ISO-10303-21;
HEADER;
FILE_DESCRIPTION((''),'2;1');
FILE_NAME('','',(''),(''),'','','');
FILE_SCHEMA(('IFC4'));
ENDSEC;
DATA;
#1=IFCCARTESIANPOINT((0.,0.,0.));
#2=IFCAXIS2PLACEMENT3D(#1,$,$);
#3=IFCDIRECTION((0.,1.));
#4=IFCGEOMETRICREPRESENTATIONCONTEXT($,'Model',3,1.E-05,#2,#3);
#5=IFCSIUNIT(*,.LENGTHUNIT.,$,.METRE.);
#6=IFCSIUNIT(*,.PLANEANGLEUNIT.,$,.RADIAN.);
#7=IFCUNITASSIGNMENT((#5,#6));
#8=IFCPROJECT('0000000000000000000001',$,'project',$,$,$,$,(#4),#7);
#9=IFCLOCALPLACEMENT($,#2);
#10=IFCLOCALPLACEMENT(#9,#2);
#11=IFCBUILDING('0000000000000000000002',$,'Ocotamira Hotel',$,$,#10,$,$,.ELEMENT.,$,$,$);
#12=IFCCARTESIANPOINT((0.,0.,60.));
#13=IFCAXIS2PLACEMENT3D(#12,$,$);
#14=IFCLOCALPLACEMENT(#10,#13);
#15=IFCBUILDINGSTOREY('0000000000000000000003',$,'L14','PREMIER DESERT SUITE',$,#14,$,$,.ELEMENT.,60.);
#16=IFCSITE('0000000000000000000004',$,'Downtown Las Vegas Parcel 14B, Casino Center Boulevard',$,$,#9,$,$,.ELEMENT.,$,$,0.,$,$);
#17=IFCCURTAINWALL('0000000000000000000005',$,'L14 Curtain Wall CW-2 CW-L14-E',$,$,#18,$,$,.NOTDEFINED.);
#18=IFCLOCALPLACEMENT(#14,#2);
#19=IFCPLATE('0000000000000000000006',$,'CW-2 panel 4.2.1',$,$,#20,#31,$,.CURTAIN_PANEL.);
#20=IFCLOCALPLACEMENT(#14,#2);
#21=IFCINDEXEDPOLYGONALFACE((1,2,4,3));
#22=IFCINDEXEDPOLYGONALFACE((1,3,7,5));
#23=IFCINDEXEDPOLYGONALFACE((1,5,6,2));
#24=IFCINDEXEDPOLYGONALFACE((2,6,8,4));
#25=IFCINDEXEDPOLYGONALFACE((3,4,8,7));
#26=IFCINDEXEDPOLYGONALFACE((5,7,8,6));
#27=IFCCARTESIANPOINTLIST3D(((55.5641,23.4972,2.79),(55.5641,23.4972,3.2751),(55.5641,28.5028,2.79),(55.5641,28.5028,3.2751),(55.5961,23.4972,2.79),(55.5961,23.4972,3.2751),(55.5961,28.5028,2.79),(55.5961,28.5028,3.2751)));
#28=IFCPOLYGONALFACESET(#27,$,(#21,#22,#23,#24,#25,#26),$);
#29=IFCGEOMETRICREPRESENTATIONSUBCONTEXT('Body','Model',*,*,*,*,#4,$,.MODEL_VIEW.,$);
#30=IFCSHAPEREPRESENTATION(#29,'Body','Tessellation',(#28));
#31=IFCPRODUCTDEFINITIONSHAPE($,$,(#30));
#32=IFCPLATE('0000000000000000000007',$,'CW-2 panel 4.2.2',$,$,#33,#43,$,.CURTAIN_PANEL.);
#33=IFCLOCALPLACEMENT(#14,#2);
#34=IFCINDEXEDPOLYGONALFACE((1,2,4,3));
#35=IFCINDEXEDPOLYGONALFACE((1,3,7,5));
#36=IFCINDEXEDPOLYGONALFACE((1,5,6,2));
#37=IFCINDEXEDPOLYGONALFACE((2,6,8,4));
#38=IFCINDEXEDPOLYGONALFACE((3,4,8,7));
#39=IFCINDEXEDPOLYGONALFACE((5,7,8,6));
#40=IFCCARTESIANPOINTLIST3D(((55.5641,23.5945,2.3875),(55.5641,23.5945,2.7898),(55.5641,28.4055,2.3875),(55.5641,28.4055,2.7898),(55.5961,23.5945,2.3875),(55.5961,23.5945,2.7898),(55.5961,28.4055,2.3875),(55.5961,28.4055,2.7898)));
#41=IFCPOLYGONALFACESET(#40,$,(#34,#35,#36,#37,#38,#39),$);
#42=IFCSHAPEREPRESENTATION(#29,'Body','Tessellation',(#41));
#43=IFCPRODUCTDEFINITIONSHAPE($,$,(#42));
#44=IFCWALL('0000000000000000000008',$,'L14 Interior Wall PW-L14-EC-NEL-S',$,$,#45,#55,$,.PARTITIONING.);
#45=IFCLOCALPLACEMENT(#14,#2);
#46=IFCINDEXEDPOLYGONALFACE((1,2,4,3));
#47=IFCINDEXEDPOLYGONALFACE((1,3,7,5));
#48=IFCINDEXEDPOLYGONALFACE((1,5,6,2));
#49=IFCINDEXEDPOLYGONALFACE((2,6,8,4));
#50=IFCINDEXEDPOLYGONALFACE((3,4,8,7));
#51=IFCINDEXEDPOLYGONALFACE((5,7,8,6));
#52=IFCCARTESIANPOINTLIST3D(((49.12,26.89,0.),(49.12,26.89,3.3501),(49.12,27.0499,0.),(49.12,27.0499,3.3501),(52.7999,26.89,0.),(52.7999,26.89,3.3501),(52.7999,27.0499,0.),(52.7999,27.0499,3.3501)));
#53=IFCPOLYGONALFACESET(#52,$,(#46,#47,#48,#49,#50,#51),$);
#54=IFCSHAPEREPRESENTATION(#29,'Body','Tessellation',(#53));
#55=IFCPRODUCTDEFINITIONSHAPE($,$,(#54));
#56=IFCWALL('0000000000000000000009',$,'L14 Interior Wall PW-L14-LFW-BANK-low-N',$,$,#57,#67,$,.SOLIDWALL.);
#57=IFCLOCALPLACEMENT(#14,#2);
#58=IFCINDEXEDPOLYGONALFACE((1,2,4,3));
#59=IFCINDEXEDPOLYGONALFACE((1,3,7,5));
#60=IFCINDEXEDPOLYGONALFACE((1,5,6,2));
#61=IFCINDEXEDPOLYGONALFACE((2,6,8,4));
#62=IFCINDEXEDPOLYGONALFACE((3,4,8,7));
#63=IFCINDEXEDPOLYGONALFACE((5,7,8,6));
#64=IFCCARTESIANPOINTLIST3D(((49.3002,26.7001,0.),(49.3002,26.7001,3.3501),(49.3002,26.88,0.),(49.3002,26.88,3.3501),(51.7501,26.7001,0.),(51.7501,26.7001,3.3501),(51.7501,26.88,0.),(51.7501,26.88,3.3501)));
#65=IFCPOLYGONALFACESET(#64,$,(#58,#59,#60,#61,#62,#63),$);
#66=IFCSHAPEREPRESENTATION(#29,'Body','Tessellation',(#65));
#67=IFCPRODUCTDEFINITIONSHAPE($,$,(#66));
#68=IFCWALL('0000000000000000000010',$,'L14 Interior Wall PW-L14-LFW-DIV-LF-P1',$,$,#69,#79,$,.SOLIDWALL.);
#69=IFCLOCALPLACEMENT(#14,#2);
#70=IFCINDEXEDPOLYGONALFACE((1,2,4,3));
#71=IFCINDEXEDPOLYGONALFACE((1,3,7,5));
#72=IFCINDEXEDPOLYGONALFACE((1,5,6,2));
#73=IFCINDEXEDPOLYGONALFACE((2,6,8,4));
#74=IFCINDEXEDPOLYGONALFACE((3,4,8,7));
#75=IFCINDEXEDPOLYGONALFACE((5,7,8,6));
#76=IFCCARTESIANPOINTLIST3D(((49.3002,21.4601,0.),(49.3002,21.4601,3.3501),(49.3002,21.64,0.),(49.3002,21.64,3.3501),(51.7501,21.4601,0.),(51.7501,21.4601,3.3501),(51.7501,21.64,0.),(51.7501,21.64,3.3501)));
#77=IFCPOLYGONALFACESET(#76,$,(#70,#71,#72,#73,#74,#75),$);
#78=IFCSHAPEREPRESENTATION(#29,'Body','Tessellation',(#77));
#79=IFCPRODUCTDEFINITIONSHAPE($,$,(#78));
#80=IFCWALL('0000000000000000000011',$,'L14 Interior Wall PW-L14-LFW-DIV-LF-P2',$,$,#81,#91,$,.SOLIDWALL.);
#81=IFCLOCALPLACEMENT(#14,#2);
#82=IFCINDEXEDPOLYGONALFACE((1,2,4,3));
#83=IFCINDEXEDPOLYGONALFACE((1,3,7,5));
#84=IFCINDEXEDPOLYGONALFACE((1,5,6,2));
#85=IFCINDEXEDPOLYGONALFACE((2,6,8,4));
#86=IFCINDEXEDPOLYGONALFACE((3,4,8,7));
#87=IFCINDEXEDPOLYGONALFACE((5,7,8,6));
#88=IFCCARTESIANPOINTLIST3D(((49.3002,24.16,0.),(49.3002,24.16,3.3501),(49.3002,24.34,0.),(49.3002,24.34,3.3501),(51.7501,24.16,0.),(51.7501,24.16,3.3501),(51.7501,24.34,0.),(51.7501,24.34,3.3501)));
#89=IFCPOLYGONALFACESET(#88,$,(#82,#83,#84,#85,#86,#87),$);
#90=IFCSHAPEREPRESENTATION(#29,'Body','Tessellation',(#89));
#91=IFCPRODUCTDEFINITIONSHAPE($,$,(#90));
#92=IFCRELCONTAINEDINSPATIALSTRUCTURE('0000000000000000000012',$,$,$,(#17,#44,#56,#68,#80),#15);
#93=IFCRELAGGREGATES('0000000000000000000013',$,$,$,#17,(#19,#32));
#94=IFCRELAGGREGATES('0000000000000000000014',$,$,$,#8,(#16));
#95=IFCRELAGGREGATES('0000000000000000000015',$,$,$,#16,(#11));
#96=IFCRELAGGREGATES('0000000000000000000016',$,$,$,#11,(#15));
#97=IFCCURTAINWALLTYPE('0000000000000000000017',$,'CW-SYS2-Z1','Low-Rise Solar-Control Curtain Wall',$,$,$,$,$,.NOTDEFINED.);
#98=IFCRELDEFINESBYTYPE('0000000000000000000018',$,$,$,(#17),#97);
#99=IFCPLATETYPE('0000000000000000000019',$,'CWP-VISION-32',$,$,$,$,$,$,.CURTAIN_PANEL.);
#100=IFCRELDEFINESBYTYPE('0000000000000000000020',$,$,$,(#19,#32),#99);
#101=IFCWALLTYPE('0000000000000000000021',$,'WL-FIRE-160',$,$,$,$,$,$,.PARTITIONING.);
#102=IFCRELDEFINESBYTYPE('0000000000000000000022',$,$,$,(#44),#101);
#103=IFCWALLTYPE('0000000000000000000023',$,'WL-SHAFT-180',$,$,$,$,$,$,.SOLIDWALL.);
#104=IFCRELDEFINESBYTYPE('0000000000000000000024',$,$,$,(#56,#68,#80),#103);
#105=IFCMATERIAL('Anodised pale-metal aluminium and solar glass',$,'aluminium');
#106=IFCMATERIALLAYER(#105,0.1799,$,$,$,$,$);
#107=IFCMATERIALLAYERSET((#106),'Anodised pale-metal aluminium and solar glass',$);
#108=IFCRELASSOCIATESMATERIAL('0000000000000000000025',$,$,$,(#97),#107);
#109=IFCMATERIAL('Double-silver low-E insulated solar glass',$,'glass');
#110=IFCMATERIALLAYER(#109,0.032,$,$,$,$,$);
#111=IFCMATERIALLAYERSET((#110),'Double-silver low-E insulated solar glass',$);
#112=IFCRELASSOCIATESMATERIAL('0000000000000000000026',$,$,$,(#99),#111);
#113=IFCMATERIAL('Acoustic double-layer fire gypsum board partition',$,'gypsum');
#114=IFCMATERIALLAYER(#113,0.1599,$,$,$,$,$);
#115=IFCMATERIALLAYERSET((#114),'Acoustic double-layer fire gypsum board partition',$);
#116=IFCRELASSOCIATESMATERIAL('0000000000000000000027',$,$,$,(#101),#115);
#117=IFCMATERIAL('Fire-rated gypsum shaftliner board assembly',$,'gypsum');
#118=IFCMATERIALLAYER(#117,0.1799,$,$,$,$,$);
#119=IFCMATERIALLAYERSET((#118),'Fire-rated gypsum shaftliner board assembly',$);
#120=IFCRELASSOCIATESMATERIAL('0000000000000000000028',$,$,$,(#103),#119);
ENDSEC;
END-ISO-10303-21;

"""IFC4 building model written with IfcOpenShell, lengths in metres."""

from ifc_helpers import new_model, si_unit, direction, frame, frame_2d, origin, origin_2d, place, context, subcontext, project, spatial, rectangle, extrude, source, transform, mapped, material, layer, layer_set, type_object, element, aggregate, save


model = new_model("IFC4")

# Units and contexts
model_context = context("Model", 3, precision=1e-05, world=origin(), true_north=direction((0.0, 1.0)))
body_context = subcontext(model_context, "Body", "Model", "MODEL_VIEW")
ifc_project = project(units=[si_unit("LENGTHUNIT", "METRE"), si_unit("PLANEANGLEUNIT", "RADIAN")], contexts=[model_context])

# Site, building, storey
site_placement = place(None, origin())
site = spatial("IfcSite", under=ifc_project, at=site_placement, Name="Downtown Las Vegas Parcel 14B, Casino Center Boulevard", CompositionType="ELEMENT", RefElevation=0.0)
building_placement = place(site_placement, origin())
building = spatial("IfcBuilding", under=site, at=building_placement, Name="Ocotamira Hotel", CompositionType="ELEMENT")
storey_placement = place(building_placement, frame((0.0, 0.0, 60.0)))
storey = spatial("IfcBuildingStorey", under=building, at=storey_placement, Name="L14", Description="PREMIER DESERT SUITE", CompositionType="ELEMENT", Elevation=60.0)

# Curtain wall
ifc_material_1 = material(Name="Anodised pale-metal aluminium and solar glass", Category="aluminium")
ifc_layer_1 = layer(ifc_material_1, 0.1799)
ifc_layer_set_1 = layer_set([ifc_layer_1], Name="Anodised pale-metal aluminium and solar glass")
curtain_wall_type = type_object("IfcCurtainWallType", Name="CW-SYS2-Z1", Description="Low-Rise Solar-Control Curtain Wall", PredefinedType="NOTDEFINED", material=ifc_layer_set_1)
curtain_wall_placement = place(storey_placement, origin())
curtain_wall = element("IfcCurtainWall", 1, at=curtain_wall_placement, inside=storey, type_object=curtain_wall_type, Name="L14 Curtain Wall CW-2 CW-L14-E", PredefinedType="NOTDEFINED")

# Plates
ifc_material_2 = material(Name="Double-silver low-E insulated solar glass", Category="glass")
ifc_layer_2 = layer(ifc_material_2, 0.032)
ifc_layer_set_2 = layer_set([ifc_layer_2], Name="Double-silver low-E insulated solar glass")
plate_type_1 = type_object("IfcPlateType", Name="CWP-VISION-32", PredefinedType="CURTAIN_PANEL", material=ifc_layer_set_2)
shared_shape_1 = source(origin(), body_context, "Body", "SweptSolid", [
    extrude(rectangle(XDim=5.0056, YDim=0.032, at=origin_2d()), origin(), (0.0, 0.0, 1.0), 0.4851),
])
plate_1_placement = place(storey_placement, frame((55.5801, 26.0, 2.79), z_axis=(0.0, 0.0, 1.0), x_axis=(0.0, 1.0, 0.0)))
plate_1 = element("IfcPlate", 2, at=plate_1_placement, type_object=plate_type_1, Name="CW-2 panel 4.2.1", PredefinedType="CURTAIN_PANEL", context=body_context, shape_type="MappedRepresentation", body=[
    mapped(shared_shape_1, transform((0.0, 0.0, 0.0), scale=1.0)),
])
shared_shape_2 = source(origin(), body_context, "Body", "SweptSolid", [
    extrude(rectangle(XDim=4.811, YDim=0.032, at=origin_2d()), origin(), (0.0, 0.0, 1.0), 0.4023),
])
plate_2_placement = place(storey_placement, frame((55.5801, 26.0, 2.3875), z_axis=(0.0, 0.0, 1.0), x_axis=(0.0, 1.0, 0.0)))
plate_2 = element("IfcPlate", 3, at=plate_2_placement, type_object=plate_type_1, Name="CW-2 panel 4.2.2", PredefinedType="CURTAIN_PANEL", context=body_context, shape_type="MappedRepresentation", body=[
    mapped(shared_shape_2, transform((0.0, 0.0, 0.0), scale=1.0)),
])
aggregate(curtain_wall, [plate_1, plate_2])

# Wall
ifc_material_3 = material(Name="Acoustic double-layer fire gypsum board partition", Category="gypsum")
ifc_layer_3 = layer(ifc_material_3, 0.1599)
ifc_layer_set_3 = layer_set([ifc_layer_3], Name="Acoustic double-layer fire gypsum board partition")
wall_type_1 = type_object("IfcWallType", Name="WL-FIRE-160", PredefinedType="PARTITIONING", material=ifc_layer_set_3)
wall_1_placement = place(storey_placement, frame((49.1201, 26.97, 0.0), z_axis=(0.0, 0.0, 1.0), x_axis=(1.0, 0.0, 0.0)))
element("IfcWall", 4, at=wall_1_placement, inside=storey, type_object=wall_type_1, Name="L14 Interior Wall PW-L14-EC-NEL-S", PredefinedType="PARTITIONING", context=body_context, shape_type="SweptSolid", body=[
    extrude(rectangle(XDim=3.6799, YDim=0.1599, at=frame_2d((1.8398, 0.0))), origin(), (0.0, 0.0, 1.0), 3.3501),
])

# Walls
ifc_material_4 = material(Name="Fire-rated gypsum shaftliner board assembly", Category="gypsum")
ifc_layer_4 = layer(ifc_material_4, 0.1799)
ifc_layer_set_4 = layer_set([ifc_layer_4], Name="Fire-rated gypsum shaftliner board assembly")
wall_type_2 = type_object("IfcWallType", Name="WL-SHAFT-180", PredefinedType="SOLIDWALL", material=ifc_layer_set_4)
for number, where, z_axis, x_axis, name in (
    (5, (49.3, 26.79, 0.0), (0.0, 0.0, 1.0), (1.0, 0.0, 0.0), "L14 Interior Wall PW-L14-LFW-BANK-low-N"),
    (6, (49.3, 21.55, 0.0), (0.0, 0.0, 1.0), (1.0, 0.0, 0.0), "L14 Interior Wall PW-L14-LFW-DIV-LF-P1"),
    (7, (49.3, 24.25, 0.0), (0.0, 0.0, 1.0), (1.0, 0.0, 0.0), "L14 Interior Wall PW-L14-LFW-DIV-LF-P2"),
):
    element("IfcWall", number, at=place(storey_placement, frame(where, z_axis=z_axis, x_axis=x_axis)), inside=storey, type_object=wall_type_2, Name=name, PredefinedType="SOLIDWALL", context=body_context, shape_type="SweptSolid", body=[
        extrude(rectangle(XDim=2.45, YDim=0.1799, at=frame_2d((1.2251, 0.0))), origin(), (0.0, 0.0, 1.0), 3.3501),
    ])

save(model, "model.ifc")
